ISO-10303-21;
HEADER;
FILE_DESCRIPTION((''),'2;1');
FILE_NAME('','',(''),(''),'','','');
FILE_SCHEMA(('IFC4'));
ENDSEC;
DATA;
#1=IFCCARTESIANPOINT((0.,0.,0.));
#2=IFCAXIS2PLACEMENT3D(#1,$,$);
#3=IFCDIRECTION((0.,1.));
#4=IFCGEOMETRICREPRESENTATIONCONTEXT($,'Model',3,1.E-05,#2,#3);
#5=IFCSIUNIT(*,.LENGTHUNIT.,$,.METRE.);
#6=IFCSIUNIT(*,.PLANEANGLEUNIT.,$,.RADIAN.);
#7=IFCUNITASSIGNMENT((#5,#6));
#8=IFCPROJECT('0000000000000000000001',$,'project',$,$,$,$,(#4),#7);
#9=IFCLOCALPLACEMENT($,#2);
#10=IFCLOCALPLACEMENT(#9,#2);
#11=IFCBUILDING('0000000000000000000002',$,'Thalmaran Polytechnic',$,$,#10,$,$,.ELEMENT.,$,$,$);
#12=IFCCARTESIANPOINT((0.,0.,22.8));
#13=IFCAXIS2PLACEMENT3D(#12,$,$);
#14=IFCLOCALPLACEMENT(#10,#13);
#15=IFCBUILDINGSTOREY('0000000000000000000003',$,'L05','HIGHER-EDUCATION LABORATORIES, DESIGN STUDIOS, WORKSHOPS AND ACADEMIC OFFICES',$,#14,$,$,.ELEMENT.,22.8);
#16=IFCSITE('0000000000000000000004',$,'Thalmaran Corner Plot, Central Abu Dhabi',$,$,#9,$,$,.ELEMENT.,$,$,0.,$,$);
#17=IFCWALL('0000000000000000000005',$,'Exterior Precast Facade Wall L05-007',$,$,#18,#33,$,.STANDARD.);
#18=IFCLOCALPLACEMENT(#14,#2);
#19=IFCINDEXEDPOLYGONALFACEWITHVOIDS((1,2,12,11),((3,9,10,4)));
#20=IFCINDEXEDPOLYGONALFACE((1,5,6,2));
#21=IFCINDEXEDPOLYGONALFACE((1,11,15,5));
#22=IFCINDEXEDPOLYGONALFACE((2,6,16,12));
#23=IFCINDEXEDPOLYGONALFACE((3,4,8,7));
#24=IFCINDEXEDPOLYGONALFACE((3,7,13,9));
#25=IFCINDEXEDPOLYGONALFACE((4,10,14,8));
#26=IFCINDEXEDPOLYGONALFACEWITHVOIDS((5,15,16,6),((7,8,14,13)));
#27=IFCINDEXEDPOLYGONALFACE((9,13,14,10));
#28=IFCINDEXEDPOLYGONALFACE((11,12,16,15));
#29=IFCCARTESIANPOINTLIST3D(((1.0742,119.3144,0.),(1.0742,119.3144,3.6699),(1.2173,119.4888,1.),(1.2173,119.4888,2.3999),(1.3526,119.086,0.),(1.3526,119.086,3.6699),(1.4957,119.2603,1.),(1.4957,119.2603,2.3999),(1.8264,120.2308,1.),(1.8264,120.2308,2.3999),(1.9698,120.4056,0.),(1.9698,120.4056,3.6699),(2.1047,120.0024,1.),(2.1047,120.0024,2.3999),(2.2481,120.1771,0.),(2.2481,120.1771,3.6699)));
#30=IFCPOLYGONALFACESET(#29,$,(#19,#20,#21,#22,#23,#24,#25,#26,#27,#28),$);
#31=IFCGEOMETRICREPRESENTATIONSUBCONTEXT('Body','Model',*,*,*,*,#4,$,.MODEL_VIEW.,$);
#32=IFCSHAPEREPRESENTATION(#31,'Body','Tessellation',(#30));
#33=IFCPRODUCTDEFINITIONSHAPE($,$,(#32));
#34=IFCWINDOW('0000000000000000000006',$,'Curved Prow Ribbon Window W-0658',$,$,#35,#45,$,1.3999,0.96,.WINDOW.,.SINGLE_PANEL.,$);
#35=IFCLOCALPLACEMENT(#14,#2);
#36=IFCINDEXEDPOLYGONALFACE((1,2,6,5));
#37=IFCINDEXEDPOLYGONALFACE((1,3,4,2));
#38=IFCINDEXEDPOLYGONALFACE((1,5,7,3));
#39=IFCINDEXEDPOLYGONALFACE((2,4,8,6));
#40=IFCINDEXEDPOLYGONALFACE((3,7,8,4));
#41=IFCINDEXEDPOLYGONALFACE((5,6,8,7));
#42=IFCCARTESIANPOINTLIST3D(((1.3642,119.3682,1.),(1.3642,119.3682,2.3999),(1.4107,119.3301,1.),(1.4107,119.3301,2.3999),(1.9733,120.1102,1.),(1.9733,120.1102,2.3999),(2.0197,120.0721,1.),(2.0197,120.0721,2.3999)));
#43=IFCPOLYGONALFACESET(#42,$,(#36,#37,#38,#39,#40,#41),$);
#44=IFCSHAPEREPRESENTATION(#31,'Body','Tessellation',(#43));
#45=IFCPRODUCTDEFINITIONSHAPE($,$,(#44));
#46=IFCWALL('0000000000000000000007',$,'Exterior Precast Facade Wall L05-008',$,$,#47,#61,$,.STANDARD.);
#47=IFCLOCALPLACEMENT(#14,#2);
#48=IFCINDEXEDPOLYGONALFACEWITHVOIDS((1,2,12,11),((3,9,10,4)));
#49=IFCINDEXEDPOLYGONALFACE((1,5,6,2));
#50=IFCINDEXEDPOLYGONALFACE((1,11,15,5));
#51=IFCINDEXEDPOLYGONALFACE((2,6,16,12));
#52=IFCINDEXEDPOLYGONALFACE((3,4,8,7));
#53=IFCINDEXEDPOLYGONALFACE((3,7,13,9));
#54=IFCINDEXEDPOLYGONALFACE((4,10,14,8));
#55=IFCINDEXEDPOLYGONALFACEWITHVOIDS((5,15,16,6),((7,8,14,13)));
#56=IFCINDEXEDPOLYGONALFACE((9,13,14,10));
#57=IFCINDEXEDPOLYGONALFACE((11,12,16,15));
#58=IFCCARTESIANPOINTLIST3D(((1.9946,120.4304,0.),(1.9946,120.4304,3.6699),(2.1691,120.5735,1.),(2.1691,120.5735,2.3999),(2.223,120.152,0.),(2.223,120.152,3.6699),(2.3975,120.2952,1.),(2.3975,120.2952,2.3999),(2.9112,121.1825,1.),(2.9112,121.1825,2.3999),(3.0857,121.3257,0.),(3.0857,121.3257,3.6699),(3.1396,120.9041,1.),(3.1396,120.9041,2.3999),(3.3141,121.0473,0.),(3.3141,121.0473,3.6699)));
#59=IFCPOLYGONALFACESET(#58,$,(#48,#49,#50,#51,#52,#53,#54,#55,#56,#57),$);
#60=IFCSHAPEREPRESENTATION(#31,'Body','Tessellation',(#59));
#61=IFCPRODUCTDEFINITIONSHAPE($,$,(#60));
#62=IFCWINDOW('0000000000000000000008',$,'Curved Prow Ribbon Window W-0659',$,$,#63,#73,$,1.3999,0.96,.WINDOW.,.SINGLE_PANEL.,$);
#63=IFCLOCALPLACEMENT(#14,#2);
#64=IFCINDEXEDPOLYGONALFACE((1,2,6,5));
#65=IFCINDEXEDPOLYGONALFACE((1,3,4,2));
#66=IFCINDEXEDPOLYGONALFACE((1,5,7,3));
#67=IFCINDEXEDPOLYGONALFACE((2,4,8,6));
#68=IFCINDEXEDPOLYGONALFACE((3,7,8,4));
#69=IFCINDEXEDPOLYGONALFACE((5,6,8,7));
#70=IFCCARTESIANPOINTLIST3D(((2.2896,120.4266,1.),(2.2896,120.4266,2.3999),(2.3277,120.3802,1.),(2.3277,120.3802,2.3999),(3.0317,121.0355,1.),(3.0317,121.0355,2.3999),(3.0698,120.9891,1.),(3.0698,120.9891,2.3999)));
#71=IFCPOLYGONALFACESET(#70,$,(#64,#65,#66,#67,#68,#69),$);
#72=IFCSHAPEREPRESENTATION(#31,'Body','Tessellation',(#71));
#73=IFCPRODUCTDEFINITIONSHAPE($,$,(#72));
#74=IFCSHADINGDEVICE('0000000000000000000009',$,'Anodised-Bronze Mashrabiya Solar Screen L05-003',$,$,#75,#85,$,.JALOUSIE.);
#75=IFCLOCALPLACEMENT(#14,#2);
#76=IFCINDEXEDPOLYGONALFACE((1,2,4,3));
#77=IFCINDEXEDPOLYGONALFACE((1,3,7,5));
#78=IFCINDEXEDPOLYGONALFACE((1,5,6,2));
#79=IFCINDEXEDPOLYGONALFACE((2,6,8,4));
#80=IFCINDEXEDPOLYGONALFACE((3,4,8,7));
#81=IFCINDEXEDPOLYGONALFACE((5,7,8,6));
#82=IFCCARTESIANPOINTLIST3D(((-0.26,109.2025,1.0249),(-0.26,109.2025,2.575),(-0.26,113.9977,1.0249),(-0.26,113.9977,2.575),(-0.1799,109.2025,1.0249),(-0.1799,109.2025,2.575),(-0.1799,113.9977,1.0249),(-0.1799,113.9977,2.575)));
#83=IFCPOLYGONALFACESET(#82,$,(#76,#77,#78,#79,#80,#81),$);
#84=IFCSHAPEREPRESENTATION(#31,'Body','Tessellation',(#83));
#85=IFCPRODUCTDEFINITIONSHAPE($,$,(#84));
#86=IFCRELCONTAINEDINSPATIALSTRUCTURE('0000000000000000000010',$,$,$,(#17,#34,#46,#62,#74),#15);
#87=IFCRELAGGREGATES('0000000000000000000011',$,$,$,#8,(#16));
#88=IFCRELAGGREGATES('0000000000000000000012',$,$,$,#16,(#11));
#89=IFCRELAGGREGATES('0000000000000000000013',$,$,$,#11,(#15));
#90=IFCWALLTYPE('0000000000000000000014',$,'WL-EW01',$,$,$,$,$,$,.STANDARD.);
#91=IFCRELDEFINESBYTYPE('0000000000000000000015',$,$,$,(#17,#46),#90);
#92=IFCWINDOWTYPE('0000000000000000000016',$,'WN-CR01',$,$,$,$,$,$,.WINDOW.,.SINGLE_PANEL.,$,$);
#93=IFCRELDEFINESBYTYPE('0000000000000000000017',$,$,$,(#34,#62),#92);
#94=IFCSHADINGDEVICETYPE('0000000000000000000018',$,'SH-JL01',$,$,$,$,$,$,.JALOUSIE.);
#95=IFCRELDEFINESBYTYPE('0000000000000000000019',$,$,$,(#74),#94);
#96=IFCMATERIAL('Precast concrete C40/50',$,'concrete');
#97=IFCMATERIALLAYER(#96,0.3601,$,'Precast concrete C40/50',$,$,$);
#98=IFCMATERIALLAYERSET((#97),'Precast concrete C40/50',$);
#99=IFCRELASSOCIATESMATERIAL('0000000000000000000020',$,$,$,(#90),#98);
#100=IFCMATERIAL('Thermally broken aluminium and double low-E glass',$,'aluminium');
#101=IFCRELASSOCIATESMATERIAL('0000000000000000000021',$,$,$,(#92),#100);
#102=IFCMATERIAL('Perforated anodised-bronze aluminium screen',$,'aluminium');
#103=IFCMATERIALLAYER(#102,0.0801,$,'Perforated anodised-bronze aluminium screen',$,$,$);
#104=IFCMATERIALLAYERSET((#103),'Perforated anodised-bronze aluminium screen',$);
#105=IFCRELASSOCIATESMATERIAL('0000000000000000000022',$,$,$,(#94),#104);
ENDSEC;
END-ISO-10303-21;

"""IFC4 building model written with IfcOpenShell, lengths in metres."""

from ifc_helpers import new_model, si_unit, direction, frame, frame_2d, origin, origin_2d, place, context, subcontext, project, spatial, rectangle, extrude, material, layer, layer_set, type_object, element, fill, save


model = new_model("IFC4")

# Units and contexts
model_context = context("Model", 3, precision=1e-05, world=origin(), true_north=direction((0.0, 1.0)))
body_context = subcontext(model_context, "Body", "Model", "MODEL_VIEW")
ifc_project = project(units=[si_unit("LENGTHUNIT", "METRE"), si_unit("PLANEANGLEUNIT", "RADIAN")], contexts=[model_context])

# Site, building, storey
site_placement = place(None, origin())
site = spatial("IfcSite", under=ifc_project, at=site_placement, Name="Thalmaran Corner Plot, Central Abu Dhabi", CompositionType="ELEMENT", RefElevation=0.0)
building_placement = place(site_placement, origin())
building = spatial("IfcBuilding", under=site, at=building_placement, Name="Thalmaran Polytechnic", CompositionType="ELEMENT")
storey_placement = place(building_placement, frame((0.0, 0.0, 22.8)))
storey = spatial("IfcBuildingStorey", under=building, at=storey_placement, Name="L05", Description="HIGHER-EDUCATION LABORATORIES, DESIGN STUDIOS, WORKSHOPS AND ACADEMIC OFFICES", CompositionType="ELEMENT", Elevation=22.8)

# Shared definitions
ifc_material_1 = material(Name="Precast concrete C40/50", Category="concrete")
ifc_layer_1 = layer(ifc_material_1, 0.3601, Name="Precast concrete C40/50")
ifc_layer_set_1 = layer_set([ifc_layer_1], Name="Precast concrete C40/50")
wall_type = type_object("IfcWallType", Name="WL-EW01", PredefinedType="STANDARD", material=ifc_layer_set_1)

# Walls, openings, windows
ifc_material_2 = material(Name="Thermally broken aluminium and double low-E glass", Category="aluminium")
window_type = type_object("IfcWindowType", Name="WN-CR01", PartitioningType="SINGLE_PANEL", PredefinedType="WINDOW", material=ifc_material_2)
wall_1_placement = place(storey_placement, frame((1.2134, 119.2002, 0.0), z_axis=(0.0, 0.0, 1.0), x_axis=(0.634433, 0.772978, 0.0)))
wall_1 = element("IfcWall", 1, at=wall_1_placement, inside=storey, type_object=wall_type, Name="Exterior Precast Facade Wall L05-007", PredefinedType="STANDARD", context=body_context, shape_type="SweptSolid", body=[
    extrude(rectangle(XDim=1.4116, YDim=0.3601, at=frame_2d((0.7058, 0.0))), origin(), (0.0, 0.0, 1.0), 3.6699),
])
opening_1_placement = place(wall_1_placement, frame((0.2256, 0.0, 1.0)))
opening_1 = element("IfcOpeningElement", 2, at=opening_1_placement, cuts=wall_1, PredefinedType="OPENING", context=body_context, shape_type="SweptSolid", body=[
    extrude(rectangle(XDim=0.96, YDim=1.3999, at=frame_2d((0.48, 0.7))), frame((0.0, 0.1899, 0.0), z_axis=(0.0, -1.0, 0.0), x_axis=(1.0, 0.0, 0.0)), (0.0, 0.0, 1.0), 0.3801),
])
window_1_placement = place(opening_1_placement, origin())
window_1 = element("IfcWindow", 3, at=window_1_placement, inside=storey, type_object=window_type, Name="Curved Prow Ribbon Window W-0658", OverallHeight=1.3999, OverallWidth=0.96, PartitioningType="SINGLE_PANEL", PredefinedType="WINDOW", context=body_context, shape_type="SweptSolid", body=[
    extrude(rectangle(XDim=0.96, YDim=1.3999, at=frame_2d((0.48, 0.7))), frame((0.0, -0.01, 0.0), z_axis=(0.0, -1.0, 0.0), x_axis=(1.0, 0.0, 0.0)), (0.0, 0.0, 1.0), 0.0601),
])
fill(opening_1, window_1)
wall_2_placement = place(storey_placement, frame((2.1089, 120.2913, 0.0), z_axis=(0.0, 0.0, 1.0), x_axis=(0.773062, 0.63433, 0.0)))
wall_2 = element("IfcWall", 4, at=wall_2_placement, inside=storey, type_object=wall_type, Name="Exterior Precast Facade Wall L05-008", PredefinedType="STANDARD", context=body_context, shape_type="SweptSolid", body=[
    extrude(rectangle(XDim=1.4114, YDim=0.3601, at=frame_2d((0.7056, 0.0))), origin(), (0.0, 0.0, 1.0), 3.6699),
])
opening_2_placement = place(wall_2_placement, frame((0.2256, 0.0, 1.0)))
opening_2 = element("IfcOpeningElement", 5, at=opening_2_placement, cuts=wall_2, PredefinedType="OPENING", context=body_context, shape_type="SweptSolid", body=[
    extrude(rectangle(XDim=0.96, YDim=1.3999, at=frame_2d((0.48, 0.7))), frame((0.0, 0.1899, 0.0), z_axis=(0.0, -1.0, 0.0), x_axis=(1.0, 0.0, 0.0)), (0.0, 0.0, 1.0), 0.3801),
])
window_2_placement = place(opening_2_placement, origin())
window_2 = element("IfcWindow", 6, at=window_2_placement, inside=storey, type_object=window_type, Name="Curved Prow Ribbon Window W-0659", OverallHeight=1.3999, OverallWidth=0.96, PartitioningType="SINGLE_PANEL", PredefinedType="WINDOW", context=body_context, shape_type="SweptSolid", body=[
    extrude(rectangle(XDim=0.96, YDim=1.3999, at=frame_2d((0.48, 0.7))), frame((0.0, -0.01, 0.0), z_axis=(0.0, -1.0, 0.0), x_axis=(1.0, 0.0, 0.0)), (0.0, 0.0, 1.0), 0.0601),
])
fill(opening_2, window_2)

# Shading device
ifc_material_3 = material(Name="Perforated anodised-bronze aluminium screen", Category="aluminium")
ifc_layer_2 = layer(ifc_material_3, 0.0801, Name="Perforated anodised-bronze aluminium screen")
ifc_layer_set_2 = layer_set([ifc_layer_2], Name="Perforated anodised-bronze aluminium screen")
shading_device_type = type_object("IfcShadingDeviceType", Name="SH-JL01", PredefinedType="JALOUSIE", material=ifc_layer_set_2)
shading_device_placement = place(storey_placement, frame((-0.22, 111.6001, 1.0249), z_axis=(0.0, 0.0, 1.0), x_axis=(0.0, 1.0, 0.0)))
element("IfcShadingDevice", 7, at=shading_device_placement, inside=storey, type_object=shading_device_type, Name="Anodised-Bronze Mashrabiya Solar Screen L05-003", PredefinedType="JALOUSIE", context=body_context, shape_type="SweptSolid", body=[
    extrude(rectangle(XDim=4.7952, YDim=0.0801, at=origin_2d()), origin(), (0.0, 0.0, 1.0), 1.55),
])

save(model, "model.ifc")
